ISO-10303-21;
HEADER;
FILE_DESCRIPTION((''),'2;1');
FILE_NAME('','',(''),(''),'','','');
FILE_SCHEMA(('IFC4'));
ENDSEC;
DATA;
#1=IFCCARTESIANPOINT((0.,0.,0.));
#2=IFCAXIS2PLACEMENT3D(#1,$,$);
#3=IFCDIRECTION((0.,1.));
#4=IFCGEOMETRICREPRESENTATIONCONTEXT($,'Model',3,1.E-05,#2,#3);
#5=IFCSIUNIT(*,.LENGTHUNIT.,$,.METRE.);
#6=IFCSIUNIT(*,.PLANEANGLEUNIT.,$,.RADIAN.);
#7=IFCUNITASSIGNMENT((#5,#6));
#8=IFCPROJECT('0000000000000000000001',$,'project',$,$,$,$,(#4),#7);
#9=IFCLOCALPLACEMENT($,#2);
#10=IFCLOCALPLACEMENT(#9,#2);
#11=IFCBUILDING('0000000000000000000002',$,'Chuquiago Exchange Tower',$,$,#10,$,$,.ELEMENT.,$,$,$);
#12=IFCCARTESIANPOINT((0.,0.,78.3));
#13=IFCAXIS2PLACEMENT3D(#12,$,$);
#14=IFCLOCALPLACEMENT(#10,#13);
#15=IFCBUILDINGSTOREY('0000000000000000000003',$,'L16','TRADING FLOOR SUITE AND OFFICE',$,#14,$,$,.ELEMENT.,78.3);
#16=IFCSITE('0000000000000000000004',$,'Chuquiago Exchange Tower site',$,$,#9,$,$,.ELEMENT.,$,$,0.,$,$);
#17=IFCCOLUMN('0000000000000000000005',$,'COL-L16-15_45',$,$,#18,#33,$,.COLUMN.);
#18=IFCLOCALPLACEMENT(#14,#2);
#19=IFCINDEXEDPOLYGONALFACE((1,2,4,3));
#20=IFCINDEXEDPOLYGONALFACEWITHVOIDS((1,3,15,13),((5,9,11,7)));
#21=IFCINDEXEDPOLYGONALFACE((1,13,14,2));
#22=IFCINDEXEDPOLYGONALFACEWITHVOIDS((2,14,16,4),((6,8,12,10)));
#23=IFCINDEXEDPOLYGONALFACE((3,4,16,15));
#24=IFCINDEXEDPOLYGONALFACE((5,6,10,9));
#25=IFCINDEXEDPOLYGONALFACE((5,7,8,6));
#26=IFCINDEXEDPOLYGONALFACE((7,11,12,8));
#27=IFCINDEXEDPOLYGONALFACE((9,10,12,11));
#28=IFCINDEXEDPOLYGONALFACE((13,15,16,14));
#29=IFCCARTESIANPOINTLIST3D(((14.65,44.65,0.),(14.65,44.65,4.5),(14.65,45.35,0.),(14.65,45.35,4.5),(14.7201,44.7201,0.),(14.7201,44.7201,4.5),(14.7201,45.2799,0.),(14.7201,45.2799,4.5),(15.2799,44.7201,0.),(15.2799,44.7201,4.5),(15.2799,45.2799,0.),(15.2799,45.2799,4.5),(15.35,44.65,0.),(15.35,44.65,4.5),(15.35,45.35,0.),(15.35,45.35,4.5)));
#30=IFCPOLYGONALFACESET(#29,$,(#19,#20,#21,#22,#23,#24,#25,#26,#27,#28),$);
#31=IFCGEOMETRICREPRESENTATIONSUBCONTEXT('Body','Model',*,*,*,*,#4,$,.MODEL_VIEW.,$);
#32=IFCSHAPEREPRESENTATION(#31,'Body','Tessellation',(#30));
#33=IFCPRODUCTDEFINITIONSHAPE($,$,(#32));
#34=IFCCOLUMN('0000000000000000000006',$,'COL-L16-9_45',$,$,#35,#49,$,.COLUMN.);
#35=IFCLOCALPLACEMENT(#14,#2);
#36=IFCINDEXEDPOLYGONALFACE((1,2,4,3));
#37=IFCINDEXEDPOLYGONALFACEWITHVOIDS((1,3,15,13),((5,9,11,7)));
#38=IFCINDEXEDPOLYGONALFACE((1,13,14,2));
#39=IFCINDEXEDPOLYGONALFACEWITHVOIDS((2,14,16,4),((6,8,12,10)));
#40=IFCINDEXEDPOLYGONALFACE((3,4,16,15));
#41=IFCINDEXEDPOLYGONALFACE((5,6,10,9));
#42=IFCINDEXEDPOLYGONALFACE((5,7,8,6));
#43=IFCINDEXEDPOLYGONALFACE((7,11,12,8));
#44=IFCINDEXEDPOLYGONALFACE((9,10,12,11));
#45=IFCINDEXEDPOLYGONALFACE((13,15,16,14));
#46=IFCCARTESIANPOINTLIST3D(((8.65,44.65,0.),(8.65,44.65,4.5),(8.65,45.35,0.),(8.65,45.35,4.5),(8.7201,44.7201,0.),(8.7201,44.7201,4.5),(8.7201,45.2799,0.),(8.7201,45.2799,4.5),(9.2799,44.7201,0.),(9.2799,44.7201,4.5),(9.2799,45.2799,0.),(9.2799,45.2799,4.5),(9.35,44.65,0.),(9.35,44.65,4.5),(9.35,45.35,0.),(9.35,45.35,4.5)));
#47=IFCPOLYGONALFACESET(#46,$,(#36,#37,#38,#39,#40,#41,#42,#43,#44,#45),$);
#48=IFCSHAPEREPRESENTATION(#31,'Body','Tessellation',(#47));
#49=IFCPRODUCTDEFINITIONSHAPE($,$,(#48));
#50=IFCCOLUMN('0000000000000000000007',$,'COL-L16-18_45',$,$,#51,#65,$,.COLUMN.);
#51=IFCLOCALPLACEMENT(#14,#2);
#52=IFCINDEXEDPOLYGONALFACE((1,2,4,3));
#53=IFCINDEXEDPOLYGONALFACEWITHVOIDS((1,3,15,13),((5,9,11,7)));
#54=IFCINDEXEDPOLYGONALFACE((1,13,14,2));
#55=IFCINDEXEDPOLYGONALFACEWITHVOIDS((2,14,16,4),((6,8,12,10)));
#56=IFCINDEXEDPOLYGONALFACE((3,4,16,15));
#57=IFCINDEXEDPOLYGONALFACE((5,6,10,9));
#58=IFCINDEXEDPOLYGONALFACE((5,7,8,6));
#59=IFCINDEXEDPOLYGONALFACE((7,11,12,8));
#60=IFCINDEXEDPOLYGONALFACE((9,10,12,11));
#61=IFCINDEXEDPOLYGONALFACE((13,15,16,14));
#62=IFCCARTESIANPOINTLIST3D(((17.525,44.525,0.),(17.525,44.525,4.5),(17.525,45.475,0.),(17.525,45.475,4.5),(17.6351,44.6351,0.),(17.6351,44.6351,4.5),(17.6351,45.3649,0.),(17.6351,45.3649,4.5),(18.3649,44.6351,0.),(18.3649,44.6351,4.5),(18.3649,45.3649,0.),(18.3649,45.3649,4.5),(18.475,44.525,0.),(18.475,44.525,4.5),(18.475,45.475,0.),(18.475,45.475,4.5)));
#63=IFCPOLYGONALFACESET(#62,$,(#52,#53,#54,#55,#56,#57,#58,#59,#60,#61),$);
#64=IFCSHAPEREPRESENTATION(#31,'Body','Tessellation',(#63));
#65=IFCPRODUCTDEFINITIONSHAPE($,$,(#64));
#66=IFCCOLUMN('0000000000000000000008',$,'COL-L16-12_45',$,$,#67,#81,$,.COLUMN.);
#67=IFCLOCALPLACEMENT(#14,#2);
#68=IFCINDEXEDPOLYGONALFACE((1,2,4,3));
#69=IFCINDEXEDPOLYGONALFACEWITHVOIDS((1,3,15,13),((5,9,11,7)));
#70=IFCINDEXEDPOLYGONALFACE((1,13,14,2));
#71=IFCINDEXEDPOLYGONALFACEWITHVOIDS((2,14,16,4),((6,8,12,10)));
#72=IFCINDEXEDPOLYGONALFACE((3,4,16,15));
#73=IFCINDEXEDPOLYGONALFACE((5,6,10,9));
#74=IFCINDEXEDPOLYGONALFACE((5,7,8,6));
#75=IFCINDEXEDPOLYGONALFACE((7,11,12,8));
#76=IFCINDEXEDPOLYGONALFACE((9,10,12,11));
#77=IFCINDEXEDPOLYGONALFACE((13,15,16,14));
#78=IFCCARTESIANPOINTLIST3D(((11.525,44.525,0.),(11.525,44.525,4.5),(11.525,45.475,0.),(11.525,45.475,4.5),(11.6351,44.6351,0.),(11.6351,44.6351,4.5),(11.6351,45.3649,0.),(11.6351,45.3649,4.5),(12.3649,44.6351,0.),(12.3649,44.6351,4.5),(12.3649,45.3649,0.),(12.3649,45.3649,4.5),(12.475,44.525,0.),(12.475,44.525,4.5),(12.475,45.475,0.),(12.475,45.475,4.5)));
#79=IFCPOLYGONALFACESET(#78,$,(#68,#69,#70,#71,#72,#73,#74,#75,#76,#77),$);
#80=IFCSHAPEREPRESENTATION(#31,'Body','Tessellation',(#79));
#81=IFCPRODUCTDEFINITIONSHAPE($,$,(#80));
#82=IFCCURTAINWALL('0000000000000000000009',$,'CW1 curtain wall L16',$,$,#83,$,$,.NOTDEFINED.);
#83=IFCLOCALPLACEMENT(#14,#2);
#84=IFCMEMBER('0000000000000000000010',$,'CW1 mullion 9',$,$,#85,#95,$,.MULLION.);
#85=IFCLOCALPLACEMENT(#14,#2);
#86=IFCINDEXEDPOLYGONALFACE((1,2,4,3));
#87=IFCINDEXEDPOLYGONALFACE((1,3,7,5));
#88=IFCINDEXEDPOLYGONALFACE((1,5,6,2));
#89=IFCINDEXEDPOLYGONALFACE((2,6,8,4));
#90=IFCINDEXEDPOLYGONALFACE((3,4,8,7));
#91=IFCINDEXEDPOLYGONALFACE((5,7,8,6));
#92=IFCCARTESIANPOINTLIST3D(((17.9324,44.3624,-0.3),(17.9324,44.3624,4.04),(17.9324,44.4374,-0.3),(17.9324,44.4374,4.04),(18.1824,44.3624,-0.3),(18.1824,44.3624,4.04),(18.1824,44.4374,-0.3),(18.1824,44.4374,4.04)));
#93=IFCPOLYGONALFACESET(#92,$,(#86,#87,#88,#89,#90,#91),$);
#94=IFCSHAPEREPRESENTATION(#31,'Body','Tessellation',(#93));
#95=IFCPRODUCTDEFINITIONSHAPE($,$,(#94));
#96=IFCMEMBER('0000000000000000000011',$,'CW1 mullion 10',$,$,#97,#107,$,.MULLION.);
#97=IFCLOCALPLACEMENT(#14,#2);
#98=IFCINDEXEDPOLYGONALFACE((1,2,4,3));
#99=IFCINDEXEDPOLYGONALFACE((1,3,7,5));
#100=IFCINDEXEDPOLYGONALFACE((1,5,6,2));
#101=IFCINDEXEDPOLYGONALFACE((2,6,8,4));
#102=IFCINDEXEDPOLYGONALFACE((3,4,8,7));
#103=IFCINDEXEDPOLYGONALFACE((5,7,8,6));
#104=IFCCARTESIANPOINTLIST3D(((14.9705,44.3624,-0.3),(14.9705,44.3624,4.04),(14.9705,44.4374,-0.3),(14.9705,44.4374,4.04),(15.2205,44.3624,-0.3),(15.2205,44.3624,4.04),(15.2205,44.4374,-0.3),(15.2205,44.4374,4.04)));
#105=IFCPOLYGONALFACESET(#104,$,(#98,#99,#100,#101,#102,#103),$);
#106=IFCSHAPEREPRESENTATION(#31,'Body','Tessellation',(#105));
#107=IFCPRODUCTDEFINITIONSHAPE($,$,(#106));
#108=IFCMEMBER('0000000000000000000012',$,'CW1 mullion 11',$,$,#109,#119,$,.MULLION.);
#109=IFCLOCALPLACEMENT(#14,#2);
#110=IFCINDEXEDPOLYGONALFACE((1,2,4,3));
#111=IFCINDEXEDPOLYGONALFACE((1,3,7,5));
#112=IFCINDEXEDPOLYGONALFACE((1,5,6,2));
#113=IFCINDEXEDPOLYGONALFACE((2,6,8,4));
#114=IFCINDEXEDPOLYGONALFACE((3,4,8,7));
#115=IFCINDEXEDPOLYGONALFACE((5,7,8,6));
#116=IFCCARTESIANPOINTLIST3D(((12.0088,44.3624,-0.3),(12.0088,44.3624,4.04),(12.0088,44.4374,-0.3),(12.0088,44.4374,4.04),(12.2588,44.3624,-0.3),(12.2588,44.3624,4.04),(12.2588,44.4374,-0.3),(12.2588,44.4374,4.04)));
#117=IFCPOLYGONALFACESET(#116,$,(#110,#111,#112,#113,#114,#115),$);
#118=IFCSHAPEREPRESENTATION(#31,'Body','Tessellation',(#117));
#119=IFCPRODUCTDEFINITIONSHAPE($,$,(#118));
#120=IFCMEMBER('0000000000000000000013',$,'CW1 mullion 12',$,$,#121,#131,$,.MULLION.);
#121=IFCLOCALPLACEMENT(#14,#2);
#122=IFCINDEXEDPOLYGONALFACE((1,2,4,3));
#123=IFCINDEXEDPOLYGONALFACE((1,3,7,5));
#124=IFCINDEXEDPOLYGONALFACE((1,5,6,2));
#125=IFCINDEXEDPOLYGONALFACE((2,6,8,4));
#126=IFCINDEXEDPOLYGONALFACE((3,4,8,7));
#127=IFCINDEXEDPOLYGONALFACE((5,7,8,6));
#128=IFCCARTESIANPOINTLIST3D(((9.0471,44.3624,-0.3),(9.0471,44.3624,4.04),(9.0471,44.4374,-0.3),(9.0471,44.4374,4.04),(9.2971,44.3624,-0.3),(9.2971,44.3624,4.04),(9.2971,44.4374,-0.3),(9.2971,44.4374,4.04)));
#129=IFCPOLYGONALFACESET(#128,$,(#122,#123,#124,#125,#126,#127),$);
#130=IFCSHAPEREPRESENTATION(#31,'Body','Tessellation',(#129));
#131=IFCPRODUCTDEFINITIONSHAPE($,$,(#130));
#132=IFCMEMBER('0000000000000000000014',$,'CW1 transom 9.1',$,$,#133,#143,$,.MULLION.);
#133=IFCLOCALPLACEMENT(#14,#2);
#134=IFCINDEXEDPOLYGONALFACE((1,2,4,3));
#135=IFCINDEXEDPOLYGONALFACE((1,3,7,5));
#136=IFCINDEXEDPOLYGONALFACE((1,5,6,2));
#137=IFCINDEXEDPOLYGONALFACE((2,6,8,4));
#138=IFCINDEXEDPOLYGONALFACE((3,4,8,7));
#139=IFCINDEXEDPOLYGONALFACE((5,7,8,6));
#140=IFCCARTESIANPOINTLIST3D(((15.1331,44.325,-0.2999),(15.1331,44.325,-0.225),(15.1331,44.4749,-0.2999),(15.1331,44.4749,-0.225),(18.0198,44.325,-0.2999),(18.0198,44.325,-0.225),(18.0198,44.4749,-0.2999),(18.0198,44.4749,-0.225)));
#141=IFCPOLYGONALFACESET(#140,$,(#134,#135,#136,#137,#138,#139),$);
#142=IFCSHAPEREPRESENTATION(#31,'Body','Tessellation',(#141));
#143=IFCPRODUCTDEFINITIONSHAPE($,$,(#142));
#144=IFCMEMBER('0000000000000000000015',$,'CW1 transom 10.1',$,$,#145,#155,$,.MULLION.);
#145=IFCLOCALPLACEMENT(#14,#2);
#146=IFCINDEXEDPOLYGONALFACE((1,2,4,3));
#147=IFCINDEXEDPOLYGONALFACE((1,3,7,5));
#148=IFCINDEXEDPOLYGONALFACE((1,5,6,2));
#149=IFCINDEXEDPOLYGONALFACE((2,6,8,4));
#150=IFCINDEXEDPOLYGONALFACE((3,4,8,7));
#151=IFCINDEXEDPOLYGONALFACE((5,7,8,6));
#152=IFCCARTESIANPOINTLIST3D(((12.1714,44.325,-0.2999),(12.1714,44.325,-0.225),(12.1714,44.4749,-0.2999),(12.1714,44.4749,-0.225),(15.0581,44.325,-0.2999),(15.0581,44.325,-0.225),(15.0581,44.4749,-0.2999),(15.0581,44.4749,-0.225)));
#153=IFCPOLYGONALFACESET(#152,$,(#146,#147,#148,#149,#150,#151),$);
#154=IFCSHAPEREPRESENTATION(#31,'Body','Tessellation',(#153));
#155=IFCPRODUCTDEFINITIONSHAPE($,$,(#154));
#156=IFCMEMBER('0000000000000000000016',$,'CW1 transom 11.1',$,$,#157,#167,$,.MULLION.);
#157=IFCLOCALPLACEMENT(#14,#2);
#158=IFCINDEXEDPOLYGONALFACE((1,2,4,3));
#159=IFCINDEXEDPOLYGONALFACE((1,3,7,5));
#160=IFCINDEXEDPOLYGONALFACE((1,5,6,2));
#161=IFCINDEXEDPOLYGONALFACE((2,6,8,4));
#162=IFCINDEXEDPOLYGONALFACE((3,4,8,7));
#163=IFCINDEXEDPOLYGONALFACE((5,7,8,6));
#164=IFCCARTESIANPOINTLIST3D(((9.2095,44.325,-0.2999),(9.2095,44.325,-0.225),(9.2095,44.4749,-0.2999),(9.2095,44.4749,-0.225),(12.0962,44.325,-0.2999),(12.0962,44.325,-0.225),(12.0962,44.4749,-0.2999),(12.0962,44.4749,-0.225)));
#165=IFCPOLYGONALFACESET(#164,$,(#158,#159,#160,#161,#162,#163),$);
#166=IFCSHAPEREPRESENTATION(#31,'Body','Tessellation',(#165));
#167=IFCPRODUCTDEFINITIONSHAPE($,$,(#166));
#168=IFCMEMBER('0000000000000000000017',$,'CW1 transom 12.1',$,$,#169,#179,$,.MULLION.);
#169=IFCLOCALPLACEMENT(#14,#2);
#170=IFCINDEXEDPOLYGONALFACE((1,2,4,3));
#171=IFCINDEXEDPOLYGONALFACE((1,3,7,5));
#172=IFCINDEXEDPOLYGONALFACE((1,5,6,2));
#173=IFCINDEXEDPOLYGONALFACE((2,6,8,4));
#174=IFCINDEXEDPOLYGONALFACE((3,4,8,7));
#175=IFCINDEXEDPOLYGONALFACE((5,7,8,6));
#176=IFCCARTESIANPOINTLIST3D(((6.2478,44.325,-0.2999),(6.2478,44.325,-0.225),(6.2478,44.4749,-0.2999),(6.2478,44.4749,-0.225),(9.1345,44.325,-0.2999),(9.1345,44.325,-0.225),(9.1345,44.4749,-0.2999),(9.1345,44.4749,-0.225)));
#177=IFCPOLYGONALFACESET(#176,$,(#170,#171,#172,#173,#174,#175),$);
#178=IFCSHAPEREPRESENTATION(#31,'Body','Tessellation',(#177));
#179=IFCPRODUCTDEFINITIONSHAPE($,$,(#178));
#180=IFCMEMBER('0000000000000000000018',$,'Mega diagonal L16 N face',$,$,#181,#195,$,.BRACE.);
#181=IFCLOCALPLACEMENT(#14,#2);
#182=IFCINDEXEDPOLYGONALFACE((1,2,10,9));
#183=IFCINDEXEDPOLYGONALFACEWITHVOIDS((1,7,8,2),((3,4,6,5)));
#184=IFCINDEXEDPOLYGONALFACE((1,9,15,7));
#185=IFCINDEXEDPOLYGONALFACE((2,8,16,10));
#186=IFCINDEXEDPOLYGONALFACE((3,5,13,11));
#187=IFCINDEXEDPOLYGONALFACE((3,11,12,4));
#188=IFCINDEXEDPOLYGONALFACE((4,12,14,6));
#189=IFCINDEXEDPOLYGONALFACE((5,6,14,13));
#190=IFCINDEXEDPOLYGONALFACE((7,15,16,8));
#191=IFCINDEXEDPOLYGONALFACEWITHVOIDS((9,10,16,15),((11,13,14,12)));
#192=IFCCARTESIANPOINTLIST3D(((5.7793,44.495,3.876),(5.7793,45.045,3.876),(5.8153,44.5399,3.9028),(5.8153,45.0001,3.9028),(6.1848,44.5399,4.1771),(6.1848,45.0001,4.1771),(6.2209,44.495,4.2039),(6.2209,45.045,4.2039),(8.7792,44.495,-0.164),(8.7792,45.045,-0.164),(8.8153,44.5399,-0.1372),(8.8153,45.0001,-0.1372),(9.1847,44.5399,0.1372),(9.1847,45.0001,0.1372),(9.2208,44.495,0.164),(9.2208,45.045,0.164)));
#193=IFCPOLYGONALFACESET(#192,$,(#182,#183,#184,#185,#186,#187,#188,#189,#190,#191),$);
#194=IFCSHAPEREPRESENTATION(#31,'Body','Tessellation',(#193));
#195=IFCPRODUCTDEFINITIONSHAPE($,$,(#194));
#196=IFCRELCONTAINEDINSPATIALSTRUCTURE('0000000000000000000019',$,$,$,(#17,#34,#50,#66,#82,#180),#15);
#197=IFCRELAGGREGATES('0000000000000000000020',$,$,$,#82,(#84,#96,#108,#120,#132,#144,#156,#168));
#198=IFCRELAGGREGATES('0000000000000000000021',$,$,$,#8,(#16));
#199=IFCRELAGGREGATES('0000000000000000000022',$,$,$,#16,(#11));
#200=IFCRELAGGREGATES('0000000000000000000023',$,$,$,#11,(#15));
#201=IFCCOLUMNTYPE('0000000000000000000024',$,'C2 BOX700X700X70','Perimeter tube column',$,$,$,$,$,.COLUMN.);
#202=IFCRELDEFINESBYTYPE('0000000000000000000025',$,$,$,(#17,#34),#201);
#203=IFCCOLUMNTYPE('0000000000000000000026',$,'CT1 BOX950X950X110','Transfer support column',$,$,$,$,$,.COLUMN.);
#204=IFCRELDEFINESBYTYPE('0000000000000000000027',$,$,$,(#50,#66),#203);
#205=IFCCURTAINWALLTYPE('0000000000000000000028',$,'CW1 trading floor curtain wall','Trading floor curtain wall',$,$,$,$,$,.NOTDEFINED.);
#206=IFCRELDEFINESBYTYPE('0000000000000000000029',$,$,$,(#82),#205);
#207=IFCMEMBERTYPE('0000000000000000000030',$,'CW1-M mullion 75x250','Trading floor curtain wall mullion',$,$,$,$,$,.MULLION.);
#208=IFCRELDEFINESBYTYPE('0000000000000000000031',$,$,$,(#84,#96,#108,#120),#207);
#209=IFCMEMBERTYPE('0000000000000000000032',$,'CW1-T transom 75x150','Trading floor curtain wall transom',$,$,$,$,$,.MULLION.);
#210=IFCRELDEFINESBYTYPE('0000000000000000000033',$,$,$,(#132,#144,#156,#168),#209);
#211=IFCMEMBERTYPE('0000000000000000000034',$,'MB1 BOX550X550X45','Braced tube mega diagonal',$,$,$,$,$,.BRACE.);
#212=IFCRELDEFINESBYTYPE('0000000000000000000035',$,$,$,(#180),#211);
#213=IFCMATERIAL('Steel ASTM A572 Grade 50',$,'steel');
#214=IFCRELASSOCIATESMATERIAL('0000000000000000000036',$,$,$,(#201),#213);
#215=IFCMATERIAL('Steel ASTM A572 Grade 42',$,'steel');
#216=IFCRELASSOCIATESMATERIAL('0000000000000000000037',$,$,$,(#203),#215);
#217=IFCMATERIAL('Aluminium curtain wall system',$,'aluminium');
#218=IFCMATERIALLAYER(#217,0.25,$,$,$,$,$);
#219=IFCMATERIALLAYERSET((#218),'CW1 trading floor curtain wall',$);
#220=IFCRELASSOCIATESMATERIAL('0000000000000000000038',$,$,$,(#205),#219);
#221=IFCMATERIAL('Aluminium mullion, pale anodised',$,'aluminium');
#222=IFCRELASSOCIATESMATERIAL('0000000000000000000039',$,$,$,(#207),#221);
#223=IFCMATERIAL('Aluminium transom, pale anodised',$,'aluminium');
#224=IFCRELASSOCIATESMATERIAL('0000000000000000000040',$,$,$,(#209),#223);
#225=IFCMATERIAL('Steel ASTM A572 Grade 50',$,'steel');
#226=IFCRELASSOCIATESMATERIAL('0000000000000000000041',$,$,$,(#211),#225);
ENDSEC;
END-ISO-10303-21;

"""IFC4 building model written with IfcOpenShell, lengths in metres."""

from ifc_helpers import new_model, si_unit, direction, frame, origin, origin_2d, place, context, subcontext, project, spatial, rectangle, hollow_rectangle, extrude, material, layer, layer_set, material_profile, profile_set, type_object, element, aggregate, save


model = new_model("IFC4")

# Units and contexts
model_context = context("Model", 3, precision=1e-05, world=origin(), true_north=direction((0.0, 1.0)))
body_context = subcontext(model_context, "Body", "Model", "MODEL_VIEW")
ifc_project = project(units=[si_unit("LENGTHUNIT", "METRE"), si_unit("PLANEANGLEUNIT", "RADIAN")], contexts=[model_context])

# Site, building, storey
site_placement = place(None, origin())
site = spatial("IfcSite", under=ifc_project, at=site_placement, Name="Chuquiago Exchange Tower site", CompositionType="ELEMENT", RefElevation=0.0)
building_placement = place(site_placement, origin())
building = spatial("IfcBuilding", under=site, at=building_placement, Name="Chuquiago Exchange Tower", CompositionType="ELEMENT")
storey_placement = place(building_placement, frame((0.0, 0.0, 78.3)))
storey = spatial("IfcBuildingStorey", under=building, at=storey_placement, Name="L16", Description="TRADING FLOOR SUITE AND OFFICE", CompositionType="ELEMENT", Elevation=78.3)

# Columns
ifc_material_1 = material(Name="Steel ASTM A572 Grade 50", Category="steel")
ifc_material_profile_1 = material_profile(ifc_material_1, hollow_rectangle(XDim=0.7, YDim=0.7, WallThickness=0.0701, at=origin_2d()), Name="BOX700X700X70")
ifc_profile_set_1 = profile_set([ifc_material_profile_1], Name="Steel ASTM A572 Grade 50")
column_type_1 = type_object("IfcColumnType", Name="C2 BOX700X700X70", Description="Perimeter tube column", PredefinedType="COLUMN", material=ifc_profile_set_1)
for number, where, z_axis, x_axis, name in (
    (1, (15.0, 45.0, 0.0), (0.0, 0.0, 1.0), (0.0, 1.0, 0.0), "COL-L16-15_45"),
    (2, (9.0, 45.0, 0.0), (0.0, 0.0, 1.0), (0.0, 1.0, 0.0), "COL-L16-9_45"),
):
    element("IfcColumn", number, at=place(storey_placement, frame(where, z_axis=z_axis, x_axis=x_axis)), inside=storey, type_object=column_type_1, Name=name, PredefinedType="COLUMN", context=body_context, shape_type="SweptSolid", body=[
        extrude(hollow_rectangle(XDim=0.7, YDim=0.7, WallThickness=0.0701, at=origin_2d()), origin(), (0.0, 0.0, 1.0), 4.5),
    ])
ifc_material_2 = material(Name="Steel ASTM A572 Grade 42", Category="steel")
ifc_material_profile_2 = material_profile(ifc_material_2, hollow_rectangle(XDim=0.95, YDim=0.95, WallThickness=0.1101, at=origin_2d()), Name="BOX950X950X110")
ifc_profile_set_2 = profile_set([ifc_material_profile_2], Name="Steel ASTM A572 Grade 42")
column_type_2 = type_object("IfcColumnType", Name="CT1 BOX950X950X110", Description="Transfer support column", PredefinedType="COLUMN", material=ifc_profile_set_2)
for number, where, z_axis, x_axis, name in (
    (3, (18.0, 45.0, 0.0), (0.0, 0.0, 1.0), (0.0, 1.0, 0.0), "COL-L16-18_45"),
    (4, (12.0, 45.0, 0.0), (0.0, 0.0, 1.0), (0.0, 1.0, 0.0), "COL-L16-12_45"),
):
    element("IfcColumn", number, at=place(storey_placement, frame(where, z_axis=z_axis, x_axis=x_axis)), inside=storey, type_object=column_type_2, Name=name, PredefinedType="COLUMN", context=body_context, shape_type="SweptSolid", body=[
        extrude(hollow_rectangle(XDim=0.95, YDim=0.95, WallThickness=0.1101, at=origin_2d()), origin(), (0.0, 0.0, 1.0), 4.5),
    ])

# Curtain wall, members
ifc_material_3 = material(Name="Aluminium curtain wall system", Category="aluminium")
ifc_layer_1 = layer(ifc_material_3, 0.25)
ifc_layer_set_1 = layer_set([ifc_layer_1], Name="CW1 trading floor curtain wall")
curtain_wall_type = type_object("IfcCurtainWallType", Name="CW1 trading floor curtain wall", Description="Trading floor curtain wall", PredefinedType="NOTDEFINED", material=ifc_layer_set_1)
curtain_wall_placement = place(storey_placement, origin())
curtain_wall = element("IfcCurtainWall", 5, at=curtain_wall_placement, inside=storey, type_object=curtain_wall_type, Name="CW1 curtain wall L16", PredefinedType="NOTDEFINED")
ifc_material_4 = material(Name="Aluminium mullion, pale anodised", Category="aluminium")
ifc_material_profile_3 = material_profile(ifc_material_4, rectangle(XDim=0.075, YDim=0.25, at=origin_2d()), Name="AL 75x250")
ifc_profile_set_3 = profile_set([ifc_material_profile_3], Name="Aluminium mullion, pale anodised")
member_type_1 = type_object("IfcMemberType", Name="CW1-M mullion 75x250", Description="Trading floor curtain wall mullion", PredefinedType="MULLION", material=ifc_profile_set_3)
member_1_placement = place(storey_placement, frame((18.0574, 44.3999, -0.3), z_axis=(0.0, 0.0, 1.0), x_axis=(0.0, -1.0, 0.0)))
member_1 = element("IfcMember", 6, at=member_1_placement, type_object=member_type_1, Name="CW1 mullion 9", PredefinedType="MULLION", context=body_context, shape_type="SweptSolid", body=[
    extrude(rectangle(XDim=0.075, YDim=0.25, at=origin_2d()), origin(), (0.0, 0.0, 1.0), 4.3401),
])
member_2_placement = place(storey_placement, frame((15.0955, 44.3999, -0.3), z_axis=(0.0, 0.0, 1.0), x_axis=(0.0, -1.0, 0.0)))
member_2 = element("IfcMember", 7, at=member_2_placement, type_object=member_type_1, Name="CW1 mullion 10", PredefinedType="MULLION", context=body_context, shape_type="SweptSolid", body=[
    extrude(rectangle(XDim=0.075, YDim=0.25, at=origin_2d()), origin(), (0.0, 0.0, 1.0), 4.3401),
])
member_3_placement = place(storey_placement, frame((12.1338, 44.3999, -0.3), z_axis=(0.0, 0.0, 1.0), x_axis=(0.0, -1.0, 0.0)))
member_3 = element("IfcMember", 8, at=member_3_placement, type_object=member_type_1, Name="CW1 mullion 11", PredefinedType="MULLION", context=body_context, shape_type="SweptSolid", body=[
    extrude(rectangle(XDim=0.075, YDim=0.25, at=origin_2d()), origin(), (0.0, 0.0, 1.0), 4.3401),
])
member_4_placement = place(storey_placement, frame((9.1721, 44.3999, -0.3), z_axis=(0.0, 0.0, 1.0), x_axis=(0.0, -1.0, 0.0)))
member_4 = element("IfcMember", 9, at=member_4_placement, type_object=member_type_1, Name="CW1 mullion 12", PredefinedType="MULLION", context=body_context, shape_type="SweptSolid", body=[
    extrude(rectangle(XDim=0.075, YDim=0.25, at=origin_2d()), origin(), (0.0, 0.0, 1.0), 4.3401),
])
ifc_material_5 = material(Name="Aluminium transom, pale anodised", Category="aluminium")
ifc_material_profile_4 = material_profile(ifc_material_5, rectangle(XDim=0.1499, YDim=0.075, at=origin_2d()), Name="AL 150x75")
ifc_profile_set_4 = profile_set([ifc_material_profile_4], Name="Aluminium transom, pale anodised")
member_type_2 = type_object("IfcMemberType", Name="CW1-T transom 75x150", Description="Trading floor curtain wall transom", PredefinedType="MULLION", material=ifc_profile_set_4)
member_5_placement = place(storey_placement, frame((18.0198, 44.3999, -0.2625), z_axis=(-1.0, 0.0, 0.0), x_axis=(0.0, -1.0, 0.0)))
member_5 = element("IfcMember", 10, at=member_5_placement, type_object=member_type_2, Name="CW1 transom 9.1", PredefinedType="MULLION", context=body_context, shape_type="SweptSolid", body=[
    extrude(rectangle(XDim=0.1499, YDim=0.075, at=origin_2d()), origin(), (0.0, 0.0, 1.0), 2.8867),
])
member_6_placement = place(storey_placement, frame((15.0581, 44.3999, -0.2625), z_axis=(-1.0, 0.0, 0.0), x_axis=(0.0, -1.0, 0.0)))
member_6 = element("IfcMember", 11, at=member_6_placement, type_object=member_type_2, Name="CW1 transom 10.1", PredefinedType="MULLION", context=body_context, shape_type="SweptSolid", body=[
    extrude(rectangle(XDim=0.1499, YDim=0.075, at=origin_2d()), origin(), (0.0, 0.0, 1.0), 2.8867),
])
member_7_placement = place(storey_placement, frame((12.0962, 44.3999, -0.2625), z_axis=(-1.0, 0.0, 0.0), x_axis=(0.0, -1.0, 0.0)))
member_7 = element("IfcMember", 12, at=member_7_placement, type_object=member_type_2, Name="CW1 transom 11.1", PredefinedType="MULLION", context=body_context, shape_type="SweptSolid", body=[
    extrude(rectangle(XDim=0.1499, YDim=0.075, at=origin_2d()), origin(), (0.0, 0.0, 1.0), 2.8867),
])
member_8_placement = place(storey_placement, frame((9.1345, 44.3999, -0.2625), z_axis=(-1.0, 0.0, 0.0), x_axis=(0.0, -1.0, 0.0)))
member_8 = element("IfcMember", 13, at=member_8_placement, type_object=member_type_2, Name="CW1 transom 12.1", PredefinedType="MULLION", context=body_context, shape_type="SweptSolid", body=[
    extrude(rectangle(XDim=0.1499, YDim=0.075, at=origin_2d()), origin(), (0.0, 0.0, 1.0), 2.8867),
])

# Member
ifc_material_6 = material(Name="Steel ASTM A572 Grade 50", Category="steel")
ifc_material_profile_5 = material_profile(ifc_material_6, hollow_rectangle(XDim=0.55, YDim=0.55, WallThickness=0.0449, at=origin_2d()), Name="BOX550X550X45")
ifc_profile_set_5 = profile_set([ifc_material_profile_5], Name="Steel ASTM A572 Grade 50")
member_type_3 = type_object("IfcMemberType", Name="MB1 BOX550X550X45", Description="Braced tube mega diagonal", PredefinedType="BRACE", material=ifc_profile_set_5)
member_9_placement = place(storey_placement, frame((9.0, 44.77, 0.0), z_axis=(-0.596174, 0.0, 0.802855), x_axis=(0.0, -1.0, 0.0)))
element("IfcMember", 14, at=member_9_placement, inside=storey, type_object=member_type_3, Name="Mega diagonal L16 N face", PredefinedType="BRACE", context=body_context, shape_type="SweptSolid", body=[
    extrude(hollow_rectangle(XDim=0.55, YDim=0.55, WallThickness=0.0449, at=origin_2d()), origin(), (0.0, 0.0, 1.0), 5.032),
])

aggregate(curtain_wall, [member_1, member_2, member_3, member_4, member_5, member_6, member_7, member_8])

save(model, "model.ifc")
